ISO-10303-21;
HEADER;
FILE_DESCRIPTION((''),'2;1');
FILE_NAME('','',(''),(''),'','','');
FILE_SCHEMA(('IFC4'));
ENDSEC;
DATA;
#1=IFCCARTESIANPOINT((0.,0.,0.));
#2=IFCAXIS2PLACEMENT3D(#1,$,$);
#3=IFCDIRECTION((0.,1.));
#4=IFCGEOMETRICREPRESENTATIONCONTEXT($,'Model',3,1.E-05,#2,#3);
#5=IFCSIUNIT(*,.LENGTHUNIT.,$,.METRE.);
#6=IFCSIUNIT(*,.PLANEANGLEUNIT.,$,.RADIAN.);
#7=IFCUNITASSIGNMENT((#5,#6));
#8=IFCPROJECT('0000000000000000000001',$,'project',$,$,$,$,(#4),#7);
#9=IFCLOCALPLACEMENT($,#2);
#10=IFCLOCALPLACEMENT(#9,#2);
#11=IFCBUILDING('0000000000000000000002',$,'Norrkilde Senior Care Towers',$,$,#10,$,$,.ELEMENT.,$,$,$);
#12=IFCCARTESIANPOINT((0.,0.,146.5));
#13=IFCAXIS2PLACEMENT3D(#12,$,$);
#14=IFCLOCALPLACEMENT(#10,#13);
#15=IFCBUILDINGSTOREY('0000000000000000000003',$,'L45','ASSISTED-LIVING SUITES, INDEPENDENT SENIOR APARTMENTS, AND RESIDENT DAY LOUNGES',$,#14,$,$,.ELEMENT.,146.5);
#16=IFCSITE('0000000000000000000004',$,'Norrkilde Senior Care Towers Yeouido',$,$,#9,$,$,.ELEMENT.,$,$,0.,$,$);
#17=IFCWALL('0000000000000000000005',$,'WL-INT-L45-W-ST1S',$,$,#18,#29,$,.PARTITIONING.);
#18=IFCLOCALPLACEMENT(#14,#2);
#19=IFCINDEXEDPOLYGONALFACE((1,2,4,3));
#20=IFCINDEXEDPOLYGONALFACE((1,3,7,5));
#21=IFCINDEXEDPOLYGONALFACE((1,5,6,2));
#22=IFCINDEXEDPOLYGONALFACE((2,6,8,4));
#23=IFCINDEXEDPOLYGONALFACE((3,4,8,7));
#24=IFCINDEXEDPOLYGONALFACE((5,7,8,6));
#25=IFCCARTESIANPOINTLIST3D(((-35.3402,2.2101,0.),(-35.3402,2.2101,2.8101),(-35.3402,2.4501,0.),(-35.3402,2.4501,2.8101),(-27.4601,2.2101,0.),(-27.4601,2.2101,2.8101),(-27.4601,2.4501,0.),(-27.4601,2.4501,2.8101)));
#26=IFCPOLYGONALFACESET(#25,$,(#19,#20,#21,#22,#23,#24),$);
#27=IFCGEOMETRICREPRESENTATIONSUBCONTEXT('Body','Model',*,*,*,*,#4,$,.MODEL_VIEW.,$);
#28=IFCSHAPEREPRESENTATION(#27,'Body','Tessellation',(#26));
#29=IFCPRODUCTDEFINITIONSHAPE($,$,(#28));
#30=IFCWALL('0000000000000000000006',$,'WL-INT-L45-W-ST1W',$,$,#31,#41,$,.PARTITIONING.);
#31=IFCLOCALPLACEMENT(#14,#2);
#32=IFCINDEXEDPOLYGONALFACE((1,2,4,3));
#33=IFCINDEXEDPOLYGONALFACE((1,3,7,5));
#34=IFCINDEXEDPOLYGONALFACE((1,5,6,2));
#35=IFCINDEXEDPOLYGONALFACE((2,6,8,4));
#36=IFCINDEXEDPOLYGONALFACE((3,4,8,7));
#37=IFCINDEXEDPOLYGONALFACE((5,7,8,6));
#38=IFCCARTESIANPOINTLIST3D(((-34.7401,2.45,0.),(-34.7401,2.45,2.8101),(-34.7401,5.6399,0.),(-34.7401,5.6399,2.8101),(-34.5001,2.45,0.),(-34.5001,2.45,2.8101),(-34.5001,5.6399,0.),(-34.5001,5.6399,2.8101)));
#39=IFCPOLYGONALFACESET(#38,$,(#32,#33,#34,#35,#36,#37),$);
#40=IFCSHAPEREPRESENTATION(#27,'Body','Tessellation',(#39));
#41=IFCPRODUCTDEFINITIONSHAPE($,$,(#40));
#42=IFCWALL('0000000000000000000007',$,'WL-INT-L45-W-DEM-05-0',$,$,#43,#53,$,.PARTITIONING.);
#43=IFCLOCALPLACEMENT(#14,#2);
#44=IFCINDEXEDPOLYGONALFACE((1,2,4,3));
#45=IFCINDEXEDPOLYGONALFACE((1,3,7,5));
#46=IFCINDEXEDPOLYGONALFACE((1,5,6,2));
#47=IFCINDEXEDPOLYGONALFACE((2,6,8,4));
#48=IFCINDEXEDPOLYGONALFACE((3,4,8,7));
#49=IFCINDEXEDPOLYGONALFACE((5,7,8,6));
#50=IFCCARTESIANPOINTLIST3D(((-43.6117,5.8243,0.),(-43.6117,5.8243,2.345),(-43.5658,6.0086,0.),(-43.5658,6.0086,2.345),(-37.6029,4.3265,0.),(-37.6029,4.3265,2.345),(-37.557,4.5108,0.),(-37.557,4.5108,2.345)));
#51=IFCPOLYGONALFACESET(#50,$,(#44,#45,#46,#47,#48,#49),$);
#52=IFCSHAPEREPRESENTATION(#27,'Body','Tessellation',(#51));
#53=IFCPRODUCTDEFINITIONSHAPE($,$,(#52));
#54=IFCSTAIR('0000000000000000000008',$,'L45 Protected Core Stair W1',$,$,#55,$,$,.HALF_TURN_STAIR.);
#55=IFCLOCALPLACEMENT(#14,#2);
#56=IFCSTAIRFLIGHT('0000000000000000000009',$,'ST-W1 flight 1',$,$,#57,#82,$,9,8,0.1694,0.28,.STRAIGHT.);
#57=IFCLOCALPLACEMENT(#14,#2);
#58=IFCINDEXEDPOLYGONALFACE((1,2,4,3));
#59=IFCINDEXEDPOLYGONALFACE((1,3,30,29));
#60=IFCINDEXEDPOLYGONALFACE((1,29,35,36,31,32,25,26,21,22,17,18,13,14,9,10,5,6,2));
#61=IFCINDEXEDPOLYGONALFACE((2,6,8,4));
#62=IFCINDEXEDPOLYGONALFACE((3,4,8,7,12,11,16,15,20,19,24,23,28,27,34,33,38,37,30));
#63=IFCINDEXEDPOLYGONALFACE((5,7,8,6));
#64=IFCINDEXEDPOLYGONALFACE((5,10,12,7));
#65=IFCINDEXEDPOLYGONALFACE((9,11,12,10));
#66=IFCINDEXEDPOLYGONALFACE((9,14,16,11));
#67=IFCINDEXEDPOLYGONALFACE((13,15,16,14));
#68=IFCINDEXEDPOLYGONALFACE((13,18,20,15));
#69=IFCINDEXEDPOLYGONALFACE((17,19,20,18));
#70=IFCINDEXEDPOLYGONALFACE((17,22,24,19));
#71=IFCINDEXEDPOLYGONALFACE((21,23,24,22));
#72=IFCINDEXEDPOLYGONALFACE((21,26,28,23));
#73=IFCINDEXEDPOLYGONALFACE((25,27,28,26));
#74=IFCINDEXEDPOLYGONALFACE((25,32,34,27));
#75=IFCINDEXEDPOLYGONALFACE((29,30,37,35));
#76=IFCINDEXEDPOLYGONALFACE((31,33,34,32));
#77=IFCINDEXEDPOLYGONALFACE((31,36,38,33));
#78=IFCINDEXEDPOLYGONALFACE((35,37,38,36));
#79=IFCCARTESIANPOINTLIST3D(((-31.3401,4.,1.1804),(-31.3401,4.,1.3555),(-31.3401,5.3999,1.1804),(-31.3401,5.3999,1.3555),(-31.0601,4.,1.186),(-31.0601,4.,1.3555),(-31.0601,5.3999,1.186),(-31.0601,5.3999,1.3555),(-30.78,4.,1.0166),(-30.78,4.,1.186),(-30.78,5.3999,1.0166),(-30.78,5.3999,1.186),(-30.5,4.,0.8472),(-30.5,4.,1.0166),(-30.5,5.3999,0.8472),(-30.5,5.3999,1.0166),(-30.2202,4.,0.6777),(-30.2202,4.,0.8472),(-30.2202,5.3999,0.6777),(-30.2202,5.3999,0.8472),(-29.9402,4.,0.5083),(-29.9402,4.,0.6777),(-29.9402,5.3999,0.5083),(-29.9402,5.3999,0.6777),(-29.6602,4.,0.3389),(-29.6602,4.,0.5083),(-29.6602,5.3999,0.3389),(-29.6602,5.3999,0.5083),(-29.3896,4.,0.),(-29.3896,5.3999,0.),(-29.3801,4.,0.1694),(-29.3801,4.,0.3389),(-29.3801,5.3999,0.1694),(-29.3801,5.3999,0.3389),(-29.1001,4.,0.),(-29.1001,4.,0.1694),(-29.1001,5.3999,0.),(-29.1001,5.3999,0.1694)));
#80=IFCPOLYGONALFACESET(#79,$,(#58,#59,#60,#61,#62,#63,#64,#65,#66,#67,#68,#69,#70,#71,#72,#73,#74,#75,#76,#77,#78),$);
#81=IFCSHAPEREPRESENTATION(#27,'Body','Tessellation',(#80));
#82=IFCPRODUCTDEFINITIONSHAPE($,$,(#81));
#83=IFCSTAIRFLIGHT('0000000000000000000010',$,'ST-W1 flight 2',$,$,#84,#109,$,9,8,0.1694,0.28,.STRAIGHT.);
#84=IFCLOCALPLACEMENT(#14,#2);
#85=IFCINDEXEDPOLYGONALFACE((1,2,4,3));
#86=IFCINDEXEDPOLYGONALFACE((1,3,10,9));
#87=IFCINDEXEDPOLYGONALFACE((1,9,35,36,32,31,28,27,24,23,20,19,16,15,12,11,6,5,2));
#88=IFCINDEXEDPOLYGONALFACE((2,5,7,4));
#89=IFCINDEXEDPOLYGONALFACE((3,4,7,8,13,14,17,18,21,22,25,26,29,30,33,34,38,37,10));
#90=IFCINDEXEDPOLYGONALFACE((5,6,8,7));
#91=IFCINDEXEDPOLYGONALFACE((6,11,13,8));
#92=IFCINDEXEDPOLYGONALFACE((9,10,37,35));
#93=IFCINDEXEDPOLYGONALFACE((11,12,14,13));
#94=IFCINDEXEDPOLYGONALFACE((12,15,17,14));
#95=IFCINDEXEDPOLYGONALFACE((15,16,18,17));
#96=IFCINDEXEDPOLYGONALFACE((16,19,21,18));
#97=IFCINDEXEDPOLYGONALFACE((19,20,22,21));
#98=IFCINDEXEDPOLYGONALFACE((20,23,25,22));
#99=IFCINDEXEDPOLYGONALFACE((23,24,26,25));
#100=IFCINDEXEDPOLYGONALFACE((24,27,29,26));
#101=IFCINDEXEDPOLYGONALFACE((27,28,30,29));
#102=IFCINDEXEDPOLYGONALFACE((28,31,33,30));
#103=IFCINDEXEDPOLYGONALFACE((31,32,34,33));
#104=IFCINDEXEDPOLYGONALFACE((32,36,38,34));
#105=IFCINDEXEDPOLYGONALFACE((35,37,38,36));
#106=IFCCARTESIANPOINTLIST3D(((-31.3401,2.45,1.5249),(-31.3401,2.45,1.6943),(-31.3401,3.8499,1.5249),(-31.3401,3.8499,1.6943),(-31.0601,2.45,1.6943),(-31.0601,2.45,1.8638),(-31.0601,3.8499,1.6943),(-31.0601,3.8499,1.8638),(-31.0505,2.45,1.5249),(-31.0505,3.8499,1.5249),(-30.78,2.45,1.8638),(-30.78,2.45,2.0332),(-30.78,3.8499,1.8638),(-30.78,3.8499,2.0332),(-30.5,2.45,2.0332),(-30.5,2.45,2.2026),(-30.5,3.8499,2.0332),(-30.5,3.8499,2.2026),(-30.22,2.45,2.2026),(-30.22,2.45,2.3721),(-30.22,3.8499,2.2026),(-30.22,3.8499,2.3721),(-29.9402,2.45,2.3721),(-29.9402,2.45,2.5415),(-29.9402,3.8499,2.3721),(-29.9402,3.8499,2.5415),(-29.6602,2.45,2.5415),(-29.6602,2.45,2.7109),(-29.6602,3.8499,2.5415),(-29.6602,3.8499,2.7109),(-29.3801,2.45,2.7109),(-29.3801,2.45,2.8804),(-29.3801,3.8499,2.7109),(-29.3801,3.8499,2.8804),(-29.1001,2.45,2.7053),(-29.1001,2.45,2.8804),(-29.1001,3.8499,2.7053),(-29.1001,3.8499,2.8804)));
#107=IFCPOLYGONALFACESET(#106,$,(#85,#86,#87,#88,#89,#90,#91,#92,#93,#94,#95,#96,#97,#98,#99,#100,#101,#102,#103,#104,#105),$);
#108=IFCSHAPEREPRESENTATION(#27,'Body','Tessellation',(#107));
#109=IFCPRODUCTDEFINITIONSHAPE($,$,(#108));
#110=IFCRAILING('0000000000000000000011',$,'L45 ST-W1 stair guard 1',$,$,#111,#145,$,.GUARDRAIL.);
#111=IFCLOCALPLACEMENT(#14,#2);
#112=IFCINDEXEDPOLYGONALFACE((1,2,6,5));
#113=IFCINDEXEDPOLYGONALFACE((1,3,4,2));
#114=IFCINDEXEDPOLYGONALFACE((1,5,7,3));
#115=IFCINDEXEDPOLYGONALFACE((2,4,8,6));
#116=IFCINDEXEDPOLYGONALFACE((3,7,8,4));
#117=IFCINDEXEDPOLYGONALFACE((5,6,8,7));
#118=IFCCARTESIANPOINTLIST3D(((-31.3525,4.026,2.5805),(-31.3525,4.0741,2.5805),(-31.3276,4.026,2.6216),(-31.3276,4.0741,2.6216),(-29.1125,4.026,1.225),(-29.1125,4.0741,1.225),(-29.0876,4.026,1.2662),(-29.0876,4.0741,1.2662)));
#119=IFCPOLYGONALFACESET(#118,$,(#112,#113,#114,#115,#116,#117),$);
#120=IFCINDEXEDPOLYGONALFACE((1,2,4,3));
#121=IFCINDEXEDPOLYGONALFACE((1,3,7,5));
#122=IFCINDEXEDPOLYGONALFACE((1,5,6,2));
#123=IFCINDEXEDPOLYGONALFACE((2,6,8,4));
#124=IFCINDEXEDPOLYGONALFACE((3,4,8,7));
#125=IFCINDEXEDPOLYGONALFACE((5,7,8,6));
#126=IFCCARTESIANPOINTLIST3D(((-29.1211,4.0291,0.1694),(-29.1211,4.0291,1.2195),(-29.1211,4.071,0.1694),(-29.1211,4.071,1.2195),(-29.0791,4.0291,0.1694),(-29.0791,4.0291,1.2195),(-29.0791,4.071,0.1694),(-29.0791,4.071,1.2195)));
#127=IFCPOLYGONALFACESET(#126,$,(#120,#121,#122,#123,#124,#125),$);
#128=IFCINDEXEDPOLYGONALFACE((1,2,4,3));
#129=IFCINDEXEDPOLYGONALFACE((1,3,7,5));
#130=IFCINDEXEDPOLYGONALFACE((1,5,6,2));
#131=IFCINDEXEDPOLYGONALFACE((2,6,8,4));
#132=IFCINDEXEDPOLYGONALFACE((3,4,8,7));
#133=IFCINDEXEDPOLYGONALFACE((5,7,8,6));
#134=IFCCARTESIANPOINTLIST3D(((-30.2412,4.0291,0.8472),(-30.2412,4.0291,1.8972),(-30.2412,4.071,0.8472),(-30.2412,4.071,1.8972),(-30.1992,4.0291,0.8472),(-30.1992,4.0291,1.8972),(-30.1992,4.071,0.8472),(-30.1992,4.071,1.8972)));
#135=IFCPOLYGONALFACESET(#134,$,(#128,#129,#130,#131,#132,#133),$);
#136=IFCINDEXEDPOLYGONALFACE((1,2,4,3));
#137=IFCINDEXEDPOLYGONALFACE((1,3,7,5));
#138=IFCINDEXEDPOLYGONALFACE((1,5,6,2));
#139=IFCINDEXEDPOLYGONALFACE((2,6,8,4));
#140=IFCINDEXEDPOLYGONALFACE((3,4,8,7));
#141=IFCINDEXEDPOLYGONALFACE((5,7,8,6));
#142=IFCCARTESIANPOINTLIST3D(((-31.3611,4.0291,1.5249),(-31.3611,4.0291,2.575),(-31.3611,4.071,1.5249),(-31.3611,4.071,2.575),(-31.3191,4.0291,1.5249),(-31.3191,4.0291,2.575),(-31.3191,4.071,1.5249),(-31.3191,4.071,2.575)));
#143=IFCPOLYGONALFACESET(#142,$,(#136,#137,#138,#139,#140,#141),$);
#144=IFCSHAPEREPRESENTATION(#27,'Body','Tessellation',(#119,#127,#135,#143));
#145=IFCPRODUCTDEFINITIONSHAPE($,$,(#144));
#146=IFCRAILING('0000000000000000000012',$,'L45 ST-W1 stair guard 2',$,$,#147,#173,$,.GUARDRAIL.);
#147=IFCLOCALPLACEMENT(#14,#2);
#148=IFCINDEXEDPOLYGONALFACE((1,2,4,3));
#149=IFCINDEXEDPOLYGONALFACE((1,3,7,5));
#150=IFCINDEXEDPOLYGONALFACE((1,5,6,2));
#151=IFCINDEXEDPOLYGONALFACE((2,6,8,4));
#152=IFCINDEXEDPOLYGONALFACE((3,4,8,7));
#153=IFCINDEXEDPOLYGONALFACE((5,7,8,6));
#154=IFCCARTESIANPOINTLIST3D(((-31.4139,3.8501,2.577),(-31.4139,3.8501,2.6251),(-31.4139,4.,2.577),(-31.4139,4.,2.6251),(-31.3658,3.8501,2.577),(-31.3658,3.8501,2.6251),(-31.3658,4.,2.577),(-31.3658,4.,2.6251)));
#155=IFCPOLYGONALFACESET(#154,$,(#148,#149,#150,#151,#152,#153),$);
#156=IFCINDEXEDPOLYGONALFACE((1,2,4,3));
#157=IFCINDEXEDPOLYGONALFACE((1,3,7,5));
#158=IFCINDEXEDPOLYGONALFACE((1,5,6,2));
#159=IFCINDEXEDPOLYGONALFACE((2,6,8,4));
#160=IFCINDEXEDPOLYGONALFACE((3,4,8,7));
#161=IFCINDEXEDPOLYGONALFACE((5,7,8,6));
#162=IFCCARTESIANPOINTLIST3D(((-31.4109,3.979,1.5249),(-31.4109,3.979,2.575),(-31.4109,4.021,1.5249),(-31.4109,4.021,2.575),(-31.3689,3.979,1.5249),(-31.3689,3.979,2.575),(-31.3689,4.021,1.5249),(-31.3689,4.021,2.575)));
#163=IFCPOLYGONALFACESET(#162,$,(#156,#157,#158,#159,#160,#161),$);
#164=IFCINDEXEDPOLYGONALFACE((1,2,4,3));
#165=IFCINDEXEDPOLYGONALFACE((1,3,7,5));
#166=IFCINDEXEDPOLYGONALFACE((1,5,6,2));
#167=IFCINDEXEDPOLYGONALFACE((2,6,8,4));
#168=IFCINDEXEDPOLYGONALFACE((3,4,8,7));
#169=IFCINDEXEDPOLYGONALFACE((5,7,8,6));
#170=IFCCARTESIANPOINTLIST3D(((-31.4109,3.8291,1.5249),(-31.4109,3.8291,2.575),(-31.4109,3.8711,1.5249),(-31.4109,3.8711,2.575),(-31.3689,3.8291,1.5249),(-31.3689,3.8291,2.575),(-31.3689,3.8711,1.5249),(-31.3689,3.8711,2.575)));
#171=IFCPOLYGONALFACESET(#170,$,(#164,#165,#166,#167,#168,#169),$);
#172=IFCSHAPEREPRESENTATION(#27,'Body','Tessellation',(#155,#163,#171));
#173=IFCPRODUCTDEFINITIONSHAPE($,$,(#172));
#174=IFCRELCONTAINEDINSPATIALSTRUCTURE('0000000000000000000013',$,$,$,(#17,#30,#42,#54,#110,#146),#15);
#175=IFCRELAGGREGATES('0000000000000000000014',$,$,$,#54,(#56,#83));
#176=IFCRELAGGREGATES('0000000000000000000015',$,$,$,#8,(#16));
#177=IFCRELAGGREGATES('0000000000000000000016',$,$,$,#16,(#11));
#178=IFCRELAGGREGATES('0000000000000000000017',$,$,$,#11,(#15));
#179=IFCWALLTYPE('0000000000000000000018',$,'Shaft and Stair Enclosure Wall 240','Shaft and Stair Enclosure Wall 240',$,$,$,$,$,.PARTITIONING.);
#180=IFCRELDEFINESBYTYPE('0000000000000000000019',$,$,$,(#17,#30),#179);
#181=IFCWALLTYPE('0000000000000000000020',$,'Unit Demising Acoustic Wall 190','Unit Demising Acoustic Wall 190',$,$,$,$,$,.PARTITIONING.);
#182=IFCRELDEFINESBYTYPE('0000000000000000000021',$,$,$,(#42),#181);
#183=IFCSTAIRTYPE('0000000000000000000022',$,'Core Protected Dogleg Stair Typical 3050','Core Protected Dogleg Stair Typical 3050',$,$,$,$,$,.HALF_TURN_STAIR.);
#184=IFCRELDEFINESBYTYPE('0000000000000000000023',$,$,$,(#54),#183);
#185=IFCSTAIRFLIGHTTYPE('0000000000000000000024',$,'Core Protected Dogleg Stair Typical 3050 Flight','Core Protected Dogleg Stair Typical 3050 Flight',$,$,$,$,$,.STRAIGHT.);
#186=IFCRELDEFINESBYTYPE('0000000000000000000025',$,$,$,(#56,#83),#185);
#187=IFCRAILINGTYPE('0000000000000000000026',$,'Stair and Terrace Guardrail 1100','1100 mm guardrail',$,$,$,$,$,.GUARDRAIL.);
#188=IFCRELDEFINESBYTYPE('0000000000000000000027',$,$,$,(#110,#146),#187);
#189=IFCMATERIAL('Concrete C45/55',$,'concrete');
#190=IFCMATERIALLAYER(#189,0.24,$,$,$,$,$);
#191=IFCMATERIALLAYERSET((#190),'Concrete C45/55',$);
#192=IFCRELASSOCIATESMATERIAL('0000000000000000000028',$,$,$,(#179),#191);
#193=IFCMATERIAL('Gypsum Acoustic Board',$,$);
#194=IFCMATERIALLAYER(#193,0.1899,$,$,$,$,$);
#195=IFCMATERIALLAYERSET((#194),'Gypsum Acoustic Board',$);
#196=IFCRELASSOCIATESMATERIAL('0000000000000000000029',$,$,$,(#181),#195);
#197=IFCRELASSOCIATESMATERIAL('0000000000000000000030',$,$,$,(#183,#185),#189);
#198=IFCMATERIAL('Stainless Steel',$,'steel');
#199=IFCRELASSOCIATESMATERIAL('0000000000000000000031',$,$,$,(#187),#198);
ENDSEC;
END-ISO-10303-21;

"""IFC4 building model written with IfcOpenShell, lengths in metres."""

from ifc_helpers import new_model, si_unit, direction, frame, frame_2d, origin, origin_2d, place, context, subcontext, project, spatial, polyline, rectangle, outline, extrude, source, transform, mapped, material, layer, layer_set, type_object, type_shapes, element, aggregate, save


model = new_model("IFC4")

# Units and contexts
model_context = context("Model", 3, precision=1e-05, world=origin(), true_north=direction((0.0, 1.0)))
body_context = subcontext(model_context, "Body", "Model", "MODEL_VIEW")
ifc_project = project(units=[si_unit("LENGTHUNIT", "METRE"), si_unit("PLANEANGLEUNIT", "RADIAN")], contexts=[model_context])

# Site, building, storey
site_placement = place(None, origin())
site = spatial("IfcSite", under=ifc_project, at=site_placement, Name="Norrkilde Senior Care Towers Yeouido", CompositionType="ELEMENT", RefElevation=0.0)
building_placement = place(site_placement, origin())
building = spatial("IfcBuilding", under=site, at=building_placement, Name="Norrkilde Senior Care Towers", CompositionType="ELEMENT")
storey_placement = place(building_placement, frame((0.0, 0.0, 146.5)))
storey = spatial("IfcBuildingStorey", under=building, at=storey_placement, Name="L45", Description="ASSISTED-LIVING SUITES, INDEPENDENT SENIOR APARTMENTS, AND RESIDENT DAY LOUNGES", CompositionType="ELEMENT", Elevation=146.5)

# Walls
ifc_material_1 = material(Name="Concrete C45/55", Category="concrete")
ifc_layer_1 = layer(ifc_material_1, 0.24)
ifc_layer_set_1 = layer_set([ifc_layer_1], Name="Concrete C45/55")
wall_type_1 = type_object("IfcWallType", Name="Shaft and Stair Enclosure Wall 240", Description="Shaft and Stair Enclosure Wall 240", PredefinedType="PARTITIONING", material=ifc_layer_set_1)
shared_shape_1 = source(origin(), body_context, "Body", "SweptSolid", [
    extrude(rectangle(XDim=7.8801, YDim=0.24, at=frame_2d((3.9399, 0.0))), origin(), (0.0, 0.0, 1.0), 2.8101),
])
wall_1_placement = place(storey_placement, frame((-35.3401, 2.3301, 0.0), z_axis=(0.0, 0.0, 1.0), x_axis=(1.0, 0.0, 0.0)))
element("IfcWall", 1, at=wall_1_placement, inside=storey, type_object=wall_type_1, Name="WL-INT-L45-W-ST1S", PredefinedType="PARTITIONING", context=body_context, shape_type="MappedRepresentation", body=[
    mapped(shared_shape_1, transform((0.0, 0.0, 0.0), x_axis=(1.0, 0.0, 0.0), y_axis=(0.0, 1.0, 0.0), z_axis=(0.0, 0.0, 1.0), scale=1.0)),
])
shared_shape_2 = source(origin(), body_context, "Body", "SweptSolid", [
    extrude(rectangle(XDim=3.1899, YDim=0.24, at=frame_2d((1.595, 0.0))), origin(), (0.0, 0.0, 1.0), 2.8101),
])
type_shapes(wall_type_1, [shared_shape_1, shared_shape_2])
wall_2_placement = place(storey_placement, frame((-34.6201, 2.45, 0.0), z_axis=(0.0, 0.0, 1.0), x_axis=(0.0, 1.0, 0.0)))
element("IfcWall", 2, at=wall_2_placement, inside=storey, type_object=wall_type_1, Name="WL-INT-L45-W-ST1W", PredefinedType="PARTITIONING", context=body_context, shape_type="MappedRepresentation", body=[
    mapped(shared_shape_2, transform((0.0, 0.0, 0.0), x_axis=(1.0, 0.0, 0.0), y_axis=(0.0, 1.0, 0.0), z_axis=(0.0, 0.0, 1.0), scale=1.0)),
])
ifc_material_2 = material(Name="Gypsum Acoustic Board")
ifc_layer_2 = layer(ifc_material_2, 0.1899)
ifc_layer_set_2 = layer_set([ifc_layer_2], Name="Gypsum Acoustic Board")
wall_type_2 = type_object("IfcWallType", Name="Unit Demising Acoustic Wall 190", Description="Unit Demising Acoustic Wall 190", PredefinedType="PARTITIONING", material=ifc_layer_set_2)
shared_shape_3 = source(origin(), body_context, "Body", "SweptSolid", [
    extrude(rectangle(XDim=6.1926, YDim=0.1899, at=frame_2d((3.0962, 0.0))), origin(), (0.0, 0.0, 1.0), 2.345),
])
type_shapes(wall_type_2, [shared_shape_3])
wall_3_placement = place(storey_placement, frame((-37.5801, 4.4187, 0.0), z_axis=(0.0, 0.0, 1.0), x_axis=(-0.970309, 0.241868, 0.0)))
element("IfcWall", 3, at=wall_3_placement, inside=storey, type_object=wall_type_2, Name="WL-INT-L45-W-DEM-05-0", PredefinedType="PARTITIONING", context=body_context, shape_type="MappedRepresentation", body=[
    mapped(shared_shape_3, transform((0.0, 0.0, 0.0), x_axis=(1.0, 0.0, 0.0), y_axis=(0.0, 1.0, 0.0), z_axis=(0.0, 0.0, 1.0), scale=1.0)),
])

# Stair, stair flights
stair_type = type_object("IfcStairType", Name="Core Protected Dogleg Stair Typical 3050", Description="Core Protected Dogleg Stair Typical 3050", PredefinedType="HALF_TURN_STAIR", material=ifc_material_1)
stair_placement = place(storey_placement, origin())
stair = element("IfcStair", 4, at=stair_placement, inside=storey, type_object=stair_type, Name="L45 Protected Core Stair W1", PredefinedType="HALF_TURN_STAIR")
stair_flight_type = type_object("IfcStairFlightType", Name="Core Protected Dogleg Stair Typical 3050 Flight", Description="Core Protected Dogleg Stair Typical 3050 Flight", PredefinedType="STRAIGHT", material=ifc_material_1)
stair_flight_1_placement = place(storey_placement, frame((-29.1001, 4.7, 0.0), z_axis=(0.0, 0.0, 1.0), x_axis=(-1.0, 0.0, 0.0)))
stair_flight_1 = element("IfcStairFlight", 5, at=stair_flight_1_placement, type_object=stair_flight_type, Name="ST-W1 flight 1", NumberOfRisers=9, NumberOfTreads=8, PredefinedType="STRAIGHT", RiserHeight=0.1694, TreadLength=0.28, context=body_context, shape_type="SweptSolid", body=[
    extrude(outline(polyline([(0.0, 0.0), (0.0, 0.1694), (0.28, 0.1694), (0.28, 0.3389), (0.5601, 0.3389), (0.5601, 0.5083), (0.8401, 0.5083), (0.8401, 0.6777), (1.1201, 0.6777), (1.1201, 0.8472), (1.3999, 0.8472), (1.3999, 1.0166), (1.6799, 1.0166), (1.6799, 1.186), (1.96, 1.186), (1.96, 1.3555), (2.24, 1.3555), (2.24, 1.5249), (2.24, 1.1804), (0.2896, 0.0), (0.0, 0.0)])), frame((0.0, 0.7, 0.0), z_axis=(0.0, -1.0, 0.0), x_axis=(1.0, 0.0, 0.0)), (0.0, 0.0, 1.0), 1.3999),
])
stair_flight_2_placement = place(storey_placement, frame((-31.3401, 3.1499, 1.5249), z_axis=(0.0, 0.0, 1.0), x_axis=(1.0, 0.0, 0.0)))
stair_flight_2 = element("IfcStairFlight", 6, at=stair_flight_2_placement, type_object=stair_flight_type, Name="ST-W1 flight 2", NumberOfRisers=9, NumberOfTreads=8, PredefinedType="STRAIGHT", RiserHeight=0.1694, TreadLength=0.28, context=body_context, shape_type="SweptSolid", body=[
    extrude(outline(polyline([(0.0, 0.0), (0.0, 0.1694), (0.28, 0.1694), (0.28, 0.3389), (0.5601, 0.3389), (0.5601, 0.5083), (0.8401, 0.5083), (0.8401, 0.6777), (1.1201, 0.6777), (1.1201, 0.8472), (1.3999, 0.8472), (1.3999, 1.0166), (1.6799, 1.0166), (1.6799, 1.186), (1.96, 1.186), (1.96, 1.3555), (2.24, 1.3555), (2.24, 1.5249), (2.24, 1.1804), (0.2896, 0.0), (0.0, 0.0)])), frame((0.0, 0.7, 0.0), z_axis=(0.0, -1.0, 0.0), x_axis=(1.0, 0.0, 0.0)), (0.0, 0.0, 1.0), 1.3999),
])
aggregate(stair, [stair_flight_1, stair_flight_2])

# Railings
ifc_material_3 = material(Name="Stainless Steel", Category="steel")
railing_type_1 = type_object("IfcRailingType", Name="Stair and Terrace Guardrail 1100", Description="1100 mm guardrail", PredefinedType="GUARDRAIL", material=ifc_material_3)
railing_1_placement = place(storey_placement, frame((-29.1001, 4.05, 0.1694)))
element("IfcRailing", 7, at=railing_1_placement, inside=storey, type_object=railing_type_1, Name="L45 ST-W1 stair guard 1", PredefinedType="GUARDRAIL", context=body_context, shape_type="SweptSolid", body=[
    extrude(rectangle(XDim=0.0481, YDim=0.0481, at=origin_2d()), frame((0.0, 0.0, 1.0762), z_axis=(-0.855553, 0.0, 0.517715), x_axis=(0.0, -1.0, 0.0)), (0.0, 0.0, 1.0), 2.6182),
    extrude(rectangle(XDim=0.042, YDim=0.042, at=origin_2d()), origin(), (0.0, 0.0, 1.0), 1.05),
    extrude(rectangle(XDim=0.042, YDim=0.042, at=origin_2d()), frame((-1.1201, 0.0, 0.6777)), (0.0, 0.0, 1.0), 1.05),
    extrude(rectangle(XDim=0.042, YDim=0.042, at=origin_2d()), frame((-2.24, 0.0, 1.3555)), (0.0, 0.0, 1.0), 1.05),
])
railing_2_placement = place(storey_placement, frame((-31.3899, 4.0, 1.5249)))
element("IfcRailing", 8, at=railing_2_placement, inside=storey, type_object=railing_type_1, Name="L45 ST-W1 stair guard 2", PredefinedType="GUARDRAIL", context=body_context, shape_type="SweptSolid", body=[
    extrude(rectangle(XDim=0.0481, YDim=0.0481, at=origin_2d()), frame((0.0, 0.0, 1.0762), z_axis=(0.0, -1.0, 0.0), x_axis=(1.0, 0.0, 0.0)), (0.0, 0.0, 1.0), 0.1499),
    extrude(rectangle(XDim=0.042, YDim=0.042, at=origin_2d()), origin(), (0.0, 0.0, 1.0), 1.05),
    extrude(rectangle(XDim=0.042, YDim=0.042, at=origin_2d()), frame((0.0, -0.1499, 0.0)), (0.0, 0.0, 1.0), 1.05),
])

save(model, "model.ifc")
